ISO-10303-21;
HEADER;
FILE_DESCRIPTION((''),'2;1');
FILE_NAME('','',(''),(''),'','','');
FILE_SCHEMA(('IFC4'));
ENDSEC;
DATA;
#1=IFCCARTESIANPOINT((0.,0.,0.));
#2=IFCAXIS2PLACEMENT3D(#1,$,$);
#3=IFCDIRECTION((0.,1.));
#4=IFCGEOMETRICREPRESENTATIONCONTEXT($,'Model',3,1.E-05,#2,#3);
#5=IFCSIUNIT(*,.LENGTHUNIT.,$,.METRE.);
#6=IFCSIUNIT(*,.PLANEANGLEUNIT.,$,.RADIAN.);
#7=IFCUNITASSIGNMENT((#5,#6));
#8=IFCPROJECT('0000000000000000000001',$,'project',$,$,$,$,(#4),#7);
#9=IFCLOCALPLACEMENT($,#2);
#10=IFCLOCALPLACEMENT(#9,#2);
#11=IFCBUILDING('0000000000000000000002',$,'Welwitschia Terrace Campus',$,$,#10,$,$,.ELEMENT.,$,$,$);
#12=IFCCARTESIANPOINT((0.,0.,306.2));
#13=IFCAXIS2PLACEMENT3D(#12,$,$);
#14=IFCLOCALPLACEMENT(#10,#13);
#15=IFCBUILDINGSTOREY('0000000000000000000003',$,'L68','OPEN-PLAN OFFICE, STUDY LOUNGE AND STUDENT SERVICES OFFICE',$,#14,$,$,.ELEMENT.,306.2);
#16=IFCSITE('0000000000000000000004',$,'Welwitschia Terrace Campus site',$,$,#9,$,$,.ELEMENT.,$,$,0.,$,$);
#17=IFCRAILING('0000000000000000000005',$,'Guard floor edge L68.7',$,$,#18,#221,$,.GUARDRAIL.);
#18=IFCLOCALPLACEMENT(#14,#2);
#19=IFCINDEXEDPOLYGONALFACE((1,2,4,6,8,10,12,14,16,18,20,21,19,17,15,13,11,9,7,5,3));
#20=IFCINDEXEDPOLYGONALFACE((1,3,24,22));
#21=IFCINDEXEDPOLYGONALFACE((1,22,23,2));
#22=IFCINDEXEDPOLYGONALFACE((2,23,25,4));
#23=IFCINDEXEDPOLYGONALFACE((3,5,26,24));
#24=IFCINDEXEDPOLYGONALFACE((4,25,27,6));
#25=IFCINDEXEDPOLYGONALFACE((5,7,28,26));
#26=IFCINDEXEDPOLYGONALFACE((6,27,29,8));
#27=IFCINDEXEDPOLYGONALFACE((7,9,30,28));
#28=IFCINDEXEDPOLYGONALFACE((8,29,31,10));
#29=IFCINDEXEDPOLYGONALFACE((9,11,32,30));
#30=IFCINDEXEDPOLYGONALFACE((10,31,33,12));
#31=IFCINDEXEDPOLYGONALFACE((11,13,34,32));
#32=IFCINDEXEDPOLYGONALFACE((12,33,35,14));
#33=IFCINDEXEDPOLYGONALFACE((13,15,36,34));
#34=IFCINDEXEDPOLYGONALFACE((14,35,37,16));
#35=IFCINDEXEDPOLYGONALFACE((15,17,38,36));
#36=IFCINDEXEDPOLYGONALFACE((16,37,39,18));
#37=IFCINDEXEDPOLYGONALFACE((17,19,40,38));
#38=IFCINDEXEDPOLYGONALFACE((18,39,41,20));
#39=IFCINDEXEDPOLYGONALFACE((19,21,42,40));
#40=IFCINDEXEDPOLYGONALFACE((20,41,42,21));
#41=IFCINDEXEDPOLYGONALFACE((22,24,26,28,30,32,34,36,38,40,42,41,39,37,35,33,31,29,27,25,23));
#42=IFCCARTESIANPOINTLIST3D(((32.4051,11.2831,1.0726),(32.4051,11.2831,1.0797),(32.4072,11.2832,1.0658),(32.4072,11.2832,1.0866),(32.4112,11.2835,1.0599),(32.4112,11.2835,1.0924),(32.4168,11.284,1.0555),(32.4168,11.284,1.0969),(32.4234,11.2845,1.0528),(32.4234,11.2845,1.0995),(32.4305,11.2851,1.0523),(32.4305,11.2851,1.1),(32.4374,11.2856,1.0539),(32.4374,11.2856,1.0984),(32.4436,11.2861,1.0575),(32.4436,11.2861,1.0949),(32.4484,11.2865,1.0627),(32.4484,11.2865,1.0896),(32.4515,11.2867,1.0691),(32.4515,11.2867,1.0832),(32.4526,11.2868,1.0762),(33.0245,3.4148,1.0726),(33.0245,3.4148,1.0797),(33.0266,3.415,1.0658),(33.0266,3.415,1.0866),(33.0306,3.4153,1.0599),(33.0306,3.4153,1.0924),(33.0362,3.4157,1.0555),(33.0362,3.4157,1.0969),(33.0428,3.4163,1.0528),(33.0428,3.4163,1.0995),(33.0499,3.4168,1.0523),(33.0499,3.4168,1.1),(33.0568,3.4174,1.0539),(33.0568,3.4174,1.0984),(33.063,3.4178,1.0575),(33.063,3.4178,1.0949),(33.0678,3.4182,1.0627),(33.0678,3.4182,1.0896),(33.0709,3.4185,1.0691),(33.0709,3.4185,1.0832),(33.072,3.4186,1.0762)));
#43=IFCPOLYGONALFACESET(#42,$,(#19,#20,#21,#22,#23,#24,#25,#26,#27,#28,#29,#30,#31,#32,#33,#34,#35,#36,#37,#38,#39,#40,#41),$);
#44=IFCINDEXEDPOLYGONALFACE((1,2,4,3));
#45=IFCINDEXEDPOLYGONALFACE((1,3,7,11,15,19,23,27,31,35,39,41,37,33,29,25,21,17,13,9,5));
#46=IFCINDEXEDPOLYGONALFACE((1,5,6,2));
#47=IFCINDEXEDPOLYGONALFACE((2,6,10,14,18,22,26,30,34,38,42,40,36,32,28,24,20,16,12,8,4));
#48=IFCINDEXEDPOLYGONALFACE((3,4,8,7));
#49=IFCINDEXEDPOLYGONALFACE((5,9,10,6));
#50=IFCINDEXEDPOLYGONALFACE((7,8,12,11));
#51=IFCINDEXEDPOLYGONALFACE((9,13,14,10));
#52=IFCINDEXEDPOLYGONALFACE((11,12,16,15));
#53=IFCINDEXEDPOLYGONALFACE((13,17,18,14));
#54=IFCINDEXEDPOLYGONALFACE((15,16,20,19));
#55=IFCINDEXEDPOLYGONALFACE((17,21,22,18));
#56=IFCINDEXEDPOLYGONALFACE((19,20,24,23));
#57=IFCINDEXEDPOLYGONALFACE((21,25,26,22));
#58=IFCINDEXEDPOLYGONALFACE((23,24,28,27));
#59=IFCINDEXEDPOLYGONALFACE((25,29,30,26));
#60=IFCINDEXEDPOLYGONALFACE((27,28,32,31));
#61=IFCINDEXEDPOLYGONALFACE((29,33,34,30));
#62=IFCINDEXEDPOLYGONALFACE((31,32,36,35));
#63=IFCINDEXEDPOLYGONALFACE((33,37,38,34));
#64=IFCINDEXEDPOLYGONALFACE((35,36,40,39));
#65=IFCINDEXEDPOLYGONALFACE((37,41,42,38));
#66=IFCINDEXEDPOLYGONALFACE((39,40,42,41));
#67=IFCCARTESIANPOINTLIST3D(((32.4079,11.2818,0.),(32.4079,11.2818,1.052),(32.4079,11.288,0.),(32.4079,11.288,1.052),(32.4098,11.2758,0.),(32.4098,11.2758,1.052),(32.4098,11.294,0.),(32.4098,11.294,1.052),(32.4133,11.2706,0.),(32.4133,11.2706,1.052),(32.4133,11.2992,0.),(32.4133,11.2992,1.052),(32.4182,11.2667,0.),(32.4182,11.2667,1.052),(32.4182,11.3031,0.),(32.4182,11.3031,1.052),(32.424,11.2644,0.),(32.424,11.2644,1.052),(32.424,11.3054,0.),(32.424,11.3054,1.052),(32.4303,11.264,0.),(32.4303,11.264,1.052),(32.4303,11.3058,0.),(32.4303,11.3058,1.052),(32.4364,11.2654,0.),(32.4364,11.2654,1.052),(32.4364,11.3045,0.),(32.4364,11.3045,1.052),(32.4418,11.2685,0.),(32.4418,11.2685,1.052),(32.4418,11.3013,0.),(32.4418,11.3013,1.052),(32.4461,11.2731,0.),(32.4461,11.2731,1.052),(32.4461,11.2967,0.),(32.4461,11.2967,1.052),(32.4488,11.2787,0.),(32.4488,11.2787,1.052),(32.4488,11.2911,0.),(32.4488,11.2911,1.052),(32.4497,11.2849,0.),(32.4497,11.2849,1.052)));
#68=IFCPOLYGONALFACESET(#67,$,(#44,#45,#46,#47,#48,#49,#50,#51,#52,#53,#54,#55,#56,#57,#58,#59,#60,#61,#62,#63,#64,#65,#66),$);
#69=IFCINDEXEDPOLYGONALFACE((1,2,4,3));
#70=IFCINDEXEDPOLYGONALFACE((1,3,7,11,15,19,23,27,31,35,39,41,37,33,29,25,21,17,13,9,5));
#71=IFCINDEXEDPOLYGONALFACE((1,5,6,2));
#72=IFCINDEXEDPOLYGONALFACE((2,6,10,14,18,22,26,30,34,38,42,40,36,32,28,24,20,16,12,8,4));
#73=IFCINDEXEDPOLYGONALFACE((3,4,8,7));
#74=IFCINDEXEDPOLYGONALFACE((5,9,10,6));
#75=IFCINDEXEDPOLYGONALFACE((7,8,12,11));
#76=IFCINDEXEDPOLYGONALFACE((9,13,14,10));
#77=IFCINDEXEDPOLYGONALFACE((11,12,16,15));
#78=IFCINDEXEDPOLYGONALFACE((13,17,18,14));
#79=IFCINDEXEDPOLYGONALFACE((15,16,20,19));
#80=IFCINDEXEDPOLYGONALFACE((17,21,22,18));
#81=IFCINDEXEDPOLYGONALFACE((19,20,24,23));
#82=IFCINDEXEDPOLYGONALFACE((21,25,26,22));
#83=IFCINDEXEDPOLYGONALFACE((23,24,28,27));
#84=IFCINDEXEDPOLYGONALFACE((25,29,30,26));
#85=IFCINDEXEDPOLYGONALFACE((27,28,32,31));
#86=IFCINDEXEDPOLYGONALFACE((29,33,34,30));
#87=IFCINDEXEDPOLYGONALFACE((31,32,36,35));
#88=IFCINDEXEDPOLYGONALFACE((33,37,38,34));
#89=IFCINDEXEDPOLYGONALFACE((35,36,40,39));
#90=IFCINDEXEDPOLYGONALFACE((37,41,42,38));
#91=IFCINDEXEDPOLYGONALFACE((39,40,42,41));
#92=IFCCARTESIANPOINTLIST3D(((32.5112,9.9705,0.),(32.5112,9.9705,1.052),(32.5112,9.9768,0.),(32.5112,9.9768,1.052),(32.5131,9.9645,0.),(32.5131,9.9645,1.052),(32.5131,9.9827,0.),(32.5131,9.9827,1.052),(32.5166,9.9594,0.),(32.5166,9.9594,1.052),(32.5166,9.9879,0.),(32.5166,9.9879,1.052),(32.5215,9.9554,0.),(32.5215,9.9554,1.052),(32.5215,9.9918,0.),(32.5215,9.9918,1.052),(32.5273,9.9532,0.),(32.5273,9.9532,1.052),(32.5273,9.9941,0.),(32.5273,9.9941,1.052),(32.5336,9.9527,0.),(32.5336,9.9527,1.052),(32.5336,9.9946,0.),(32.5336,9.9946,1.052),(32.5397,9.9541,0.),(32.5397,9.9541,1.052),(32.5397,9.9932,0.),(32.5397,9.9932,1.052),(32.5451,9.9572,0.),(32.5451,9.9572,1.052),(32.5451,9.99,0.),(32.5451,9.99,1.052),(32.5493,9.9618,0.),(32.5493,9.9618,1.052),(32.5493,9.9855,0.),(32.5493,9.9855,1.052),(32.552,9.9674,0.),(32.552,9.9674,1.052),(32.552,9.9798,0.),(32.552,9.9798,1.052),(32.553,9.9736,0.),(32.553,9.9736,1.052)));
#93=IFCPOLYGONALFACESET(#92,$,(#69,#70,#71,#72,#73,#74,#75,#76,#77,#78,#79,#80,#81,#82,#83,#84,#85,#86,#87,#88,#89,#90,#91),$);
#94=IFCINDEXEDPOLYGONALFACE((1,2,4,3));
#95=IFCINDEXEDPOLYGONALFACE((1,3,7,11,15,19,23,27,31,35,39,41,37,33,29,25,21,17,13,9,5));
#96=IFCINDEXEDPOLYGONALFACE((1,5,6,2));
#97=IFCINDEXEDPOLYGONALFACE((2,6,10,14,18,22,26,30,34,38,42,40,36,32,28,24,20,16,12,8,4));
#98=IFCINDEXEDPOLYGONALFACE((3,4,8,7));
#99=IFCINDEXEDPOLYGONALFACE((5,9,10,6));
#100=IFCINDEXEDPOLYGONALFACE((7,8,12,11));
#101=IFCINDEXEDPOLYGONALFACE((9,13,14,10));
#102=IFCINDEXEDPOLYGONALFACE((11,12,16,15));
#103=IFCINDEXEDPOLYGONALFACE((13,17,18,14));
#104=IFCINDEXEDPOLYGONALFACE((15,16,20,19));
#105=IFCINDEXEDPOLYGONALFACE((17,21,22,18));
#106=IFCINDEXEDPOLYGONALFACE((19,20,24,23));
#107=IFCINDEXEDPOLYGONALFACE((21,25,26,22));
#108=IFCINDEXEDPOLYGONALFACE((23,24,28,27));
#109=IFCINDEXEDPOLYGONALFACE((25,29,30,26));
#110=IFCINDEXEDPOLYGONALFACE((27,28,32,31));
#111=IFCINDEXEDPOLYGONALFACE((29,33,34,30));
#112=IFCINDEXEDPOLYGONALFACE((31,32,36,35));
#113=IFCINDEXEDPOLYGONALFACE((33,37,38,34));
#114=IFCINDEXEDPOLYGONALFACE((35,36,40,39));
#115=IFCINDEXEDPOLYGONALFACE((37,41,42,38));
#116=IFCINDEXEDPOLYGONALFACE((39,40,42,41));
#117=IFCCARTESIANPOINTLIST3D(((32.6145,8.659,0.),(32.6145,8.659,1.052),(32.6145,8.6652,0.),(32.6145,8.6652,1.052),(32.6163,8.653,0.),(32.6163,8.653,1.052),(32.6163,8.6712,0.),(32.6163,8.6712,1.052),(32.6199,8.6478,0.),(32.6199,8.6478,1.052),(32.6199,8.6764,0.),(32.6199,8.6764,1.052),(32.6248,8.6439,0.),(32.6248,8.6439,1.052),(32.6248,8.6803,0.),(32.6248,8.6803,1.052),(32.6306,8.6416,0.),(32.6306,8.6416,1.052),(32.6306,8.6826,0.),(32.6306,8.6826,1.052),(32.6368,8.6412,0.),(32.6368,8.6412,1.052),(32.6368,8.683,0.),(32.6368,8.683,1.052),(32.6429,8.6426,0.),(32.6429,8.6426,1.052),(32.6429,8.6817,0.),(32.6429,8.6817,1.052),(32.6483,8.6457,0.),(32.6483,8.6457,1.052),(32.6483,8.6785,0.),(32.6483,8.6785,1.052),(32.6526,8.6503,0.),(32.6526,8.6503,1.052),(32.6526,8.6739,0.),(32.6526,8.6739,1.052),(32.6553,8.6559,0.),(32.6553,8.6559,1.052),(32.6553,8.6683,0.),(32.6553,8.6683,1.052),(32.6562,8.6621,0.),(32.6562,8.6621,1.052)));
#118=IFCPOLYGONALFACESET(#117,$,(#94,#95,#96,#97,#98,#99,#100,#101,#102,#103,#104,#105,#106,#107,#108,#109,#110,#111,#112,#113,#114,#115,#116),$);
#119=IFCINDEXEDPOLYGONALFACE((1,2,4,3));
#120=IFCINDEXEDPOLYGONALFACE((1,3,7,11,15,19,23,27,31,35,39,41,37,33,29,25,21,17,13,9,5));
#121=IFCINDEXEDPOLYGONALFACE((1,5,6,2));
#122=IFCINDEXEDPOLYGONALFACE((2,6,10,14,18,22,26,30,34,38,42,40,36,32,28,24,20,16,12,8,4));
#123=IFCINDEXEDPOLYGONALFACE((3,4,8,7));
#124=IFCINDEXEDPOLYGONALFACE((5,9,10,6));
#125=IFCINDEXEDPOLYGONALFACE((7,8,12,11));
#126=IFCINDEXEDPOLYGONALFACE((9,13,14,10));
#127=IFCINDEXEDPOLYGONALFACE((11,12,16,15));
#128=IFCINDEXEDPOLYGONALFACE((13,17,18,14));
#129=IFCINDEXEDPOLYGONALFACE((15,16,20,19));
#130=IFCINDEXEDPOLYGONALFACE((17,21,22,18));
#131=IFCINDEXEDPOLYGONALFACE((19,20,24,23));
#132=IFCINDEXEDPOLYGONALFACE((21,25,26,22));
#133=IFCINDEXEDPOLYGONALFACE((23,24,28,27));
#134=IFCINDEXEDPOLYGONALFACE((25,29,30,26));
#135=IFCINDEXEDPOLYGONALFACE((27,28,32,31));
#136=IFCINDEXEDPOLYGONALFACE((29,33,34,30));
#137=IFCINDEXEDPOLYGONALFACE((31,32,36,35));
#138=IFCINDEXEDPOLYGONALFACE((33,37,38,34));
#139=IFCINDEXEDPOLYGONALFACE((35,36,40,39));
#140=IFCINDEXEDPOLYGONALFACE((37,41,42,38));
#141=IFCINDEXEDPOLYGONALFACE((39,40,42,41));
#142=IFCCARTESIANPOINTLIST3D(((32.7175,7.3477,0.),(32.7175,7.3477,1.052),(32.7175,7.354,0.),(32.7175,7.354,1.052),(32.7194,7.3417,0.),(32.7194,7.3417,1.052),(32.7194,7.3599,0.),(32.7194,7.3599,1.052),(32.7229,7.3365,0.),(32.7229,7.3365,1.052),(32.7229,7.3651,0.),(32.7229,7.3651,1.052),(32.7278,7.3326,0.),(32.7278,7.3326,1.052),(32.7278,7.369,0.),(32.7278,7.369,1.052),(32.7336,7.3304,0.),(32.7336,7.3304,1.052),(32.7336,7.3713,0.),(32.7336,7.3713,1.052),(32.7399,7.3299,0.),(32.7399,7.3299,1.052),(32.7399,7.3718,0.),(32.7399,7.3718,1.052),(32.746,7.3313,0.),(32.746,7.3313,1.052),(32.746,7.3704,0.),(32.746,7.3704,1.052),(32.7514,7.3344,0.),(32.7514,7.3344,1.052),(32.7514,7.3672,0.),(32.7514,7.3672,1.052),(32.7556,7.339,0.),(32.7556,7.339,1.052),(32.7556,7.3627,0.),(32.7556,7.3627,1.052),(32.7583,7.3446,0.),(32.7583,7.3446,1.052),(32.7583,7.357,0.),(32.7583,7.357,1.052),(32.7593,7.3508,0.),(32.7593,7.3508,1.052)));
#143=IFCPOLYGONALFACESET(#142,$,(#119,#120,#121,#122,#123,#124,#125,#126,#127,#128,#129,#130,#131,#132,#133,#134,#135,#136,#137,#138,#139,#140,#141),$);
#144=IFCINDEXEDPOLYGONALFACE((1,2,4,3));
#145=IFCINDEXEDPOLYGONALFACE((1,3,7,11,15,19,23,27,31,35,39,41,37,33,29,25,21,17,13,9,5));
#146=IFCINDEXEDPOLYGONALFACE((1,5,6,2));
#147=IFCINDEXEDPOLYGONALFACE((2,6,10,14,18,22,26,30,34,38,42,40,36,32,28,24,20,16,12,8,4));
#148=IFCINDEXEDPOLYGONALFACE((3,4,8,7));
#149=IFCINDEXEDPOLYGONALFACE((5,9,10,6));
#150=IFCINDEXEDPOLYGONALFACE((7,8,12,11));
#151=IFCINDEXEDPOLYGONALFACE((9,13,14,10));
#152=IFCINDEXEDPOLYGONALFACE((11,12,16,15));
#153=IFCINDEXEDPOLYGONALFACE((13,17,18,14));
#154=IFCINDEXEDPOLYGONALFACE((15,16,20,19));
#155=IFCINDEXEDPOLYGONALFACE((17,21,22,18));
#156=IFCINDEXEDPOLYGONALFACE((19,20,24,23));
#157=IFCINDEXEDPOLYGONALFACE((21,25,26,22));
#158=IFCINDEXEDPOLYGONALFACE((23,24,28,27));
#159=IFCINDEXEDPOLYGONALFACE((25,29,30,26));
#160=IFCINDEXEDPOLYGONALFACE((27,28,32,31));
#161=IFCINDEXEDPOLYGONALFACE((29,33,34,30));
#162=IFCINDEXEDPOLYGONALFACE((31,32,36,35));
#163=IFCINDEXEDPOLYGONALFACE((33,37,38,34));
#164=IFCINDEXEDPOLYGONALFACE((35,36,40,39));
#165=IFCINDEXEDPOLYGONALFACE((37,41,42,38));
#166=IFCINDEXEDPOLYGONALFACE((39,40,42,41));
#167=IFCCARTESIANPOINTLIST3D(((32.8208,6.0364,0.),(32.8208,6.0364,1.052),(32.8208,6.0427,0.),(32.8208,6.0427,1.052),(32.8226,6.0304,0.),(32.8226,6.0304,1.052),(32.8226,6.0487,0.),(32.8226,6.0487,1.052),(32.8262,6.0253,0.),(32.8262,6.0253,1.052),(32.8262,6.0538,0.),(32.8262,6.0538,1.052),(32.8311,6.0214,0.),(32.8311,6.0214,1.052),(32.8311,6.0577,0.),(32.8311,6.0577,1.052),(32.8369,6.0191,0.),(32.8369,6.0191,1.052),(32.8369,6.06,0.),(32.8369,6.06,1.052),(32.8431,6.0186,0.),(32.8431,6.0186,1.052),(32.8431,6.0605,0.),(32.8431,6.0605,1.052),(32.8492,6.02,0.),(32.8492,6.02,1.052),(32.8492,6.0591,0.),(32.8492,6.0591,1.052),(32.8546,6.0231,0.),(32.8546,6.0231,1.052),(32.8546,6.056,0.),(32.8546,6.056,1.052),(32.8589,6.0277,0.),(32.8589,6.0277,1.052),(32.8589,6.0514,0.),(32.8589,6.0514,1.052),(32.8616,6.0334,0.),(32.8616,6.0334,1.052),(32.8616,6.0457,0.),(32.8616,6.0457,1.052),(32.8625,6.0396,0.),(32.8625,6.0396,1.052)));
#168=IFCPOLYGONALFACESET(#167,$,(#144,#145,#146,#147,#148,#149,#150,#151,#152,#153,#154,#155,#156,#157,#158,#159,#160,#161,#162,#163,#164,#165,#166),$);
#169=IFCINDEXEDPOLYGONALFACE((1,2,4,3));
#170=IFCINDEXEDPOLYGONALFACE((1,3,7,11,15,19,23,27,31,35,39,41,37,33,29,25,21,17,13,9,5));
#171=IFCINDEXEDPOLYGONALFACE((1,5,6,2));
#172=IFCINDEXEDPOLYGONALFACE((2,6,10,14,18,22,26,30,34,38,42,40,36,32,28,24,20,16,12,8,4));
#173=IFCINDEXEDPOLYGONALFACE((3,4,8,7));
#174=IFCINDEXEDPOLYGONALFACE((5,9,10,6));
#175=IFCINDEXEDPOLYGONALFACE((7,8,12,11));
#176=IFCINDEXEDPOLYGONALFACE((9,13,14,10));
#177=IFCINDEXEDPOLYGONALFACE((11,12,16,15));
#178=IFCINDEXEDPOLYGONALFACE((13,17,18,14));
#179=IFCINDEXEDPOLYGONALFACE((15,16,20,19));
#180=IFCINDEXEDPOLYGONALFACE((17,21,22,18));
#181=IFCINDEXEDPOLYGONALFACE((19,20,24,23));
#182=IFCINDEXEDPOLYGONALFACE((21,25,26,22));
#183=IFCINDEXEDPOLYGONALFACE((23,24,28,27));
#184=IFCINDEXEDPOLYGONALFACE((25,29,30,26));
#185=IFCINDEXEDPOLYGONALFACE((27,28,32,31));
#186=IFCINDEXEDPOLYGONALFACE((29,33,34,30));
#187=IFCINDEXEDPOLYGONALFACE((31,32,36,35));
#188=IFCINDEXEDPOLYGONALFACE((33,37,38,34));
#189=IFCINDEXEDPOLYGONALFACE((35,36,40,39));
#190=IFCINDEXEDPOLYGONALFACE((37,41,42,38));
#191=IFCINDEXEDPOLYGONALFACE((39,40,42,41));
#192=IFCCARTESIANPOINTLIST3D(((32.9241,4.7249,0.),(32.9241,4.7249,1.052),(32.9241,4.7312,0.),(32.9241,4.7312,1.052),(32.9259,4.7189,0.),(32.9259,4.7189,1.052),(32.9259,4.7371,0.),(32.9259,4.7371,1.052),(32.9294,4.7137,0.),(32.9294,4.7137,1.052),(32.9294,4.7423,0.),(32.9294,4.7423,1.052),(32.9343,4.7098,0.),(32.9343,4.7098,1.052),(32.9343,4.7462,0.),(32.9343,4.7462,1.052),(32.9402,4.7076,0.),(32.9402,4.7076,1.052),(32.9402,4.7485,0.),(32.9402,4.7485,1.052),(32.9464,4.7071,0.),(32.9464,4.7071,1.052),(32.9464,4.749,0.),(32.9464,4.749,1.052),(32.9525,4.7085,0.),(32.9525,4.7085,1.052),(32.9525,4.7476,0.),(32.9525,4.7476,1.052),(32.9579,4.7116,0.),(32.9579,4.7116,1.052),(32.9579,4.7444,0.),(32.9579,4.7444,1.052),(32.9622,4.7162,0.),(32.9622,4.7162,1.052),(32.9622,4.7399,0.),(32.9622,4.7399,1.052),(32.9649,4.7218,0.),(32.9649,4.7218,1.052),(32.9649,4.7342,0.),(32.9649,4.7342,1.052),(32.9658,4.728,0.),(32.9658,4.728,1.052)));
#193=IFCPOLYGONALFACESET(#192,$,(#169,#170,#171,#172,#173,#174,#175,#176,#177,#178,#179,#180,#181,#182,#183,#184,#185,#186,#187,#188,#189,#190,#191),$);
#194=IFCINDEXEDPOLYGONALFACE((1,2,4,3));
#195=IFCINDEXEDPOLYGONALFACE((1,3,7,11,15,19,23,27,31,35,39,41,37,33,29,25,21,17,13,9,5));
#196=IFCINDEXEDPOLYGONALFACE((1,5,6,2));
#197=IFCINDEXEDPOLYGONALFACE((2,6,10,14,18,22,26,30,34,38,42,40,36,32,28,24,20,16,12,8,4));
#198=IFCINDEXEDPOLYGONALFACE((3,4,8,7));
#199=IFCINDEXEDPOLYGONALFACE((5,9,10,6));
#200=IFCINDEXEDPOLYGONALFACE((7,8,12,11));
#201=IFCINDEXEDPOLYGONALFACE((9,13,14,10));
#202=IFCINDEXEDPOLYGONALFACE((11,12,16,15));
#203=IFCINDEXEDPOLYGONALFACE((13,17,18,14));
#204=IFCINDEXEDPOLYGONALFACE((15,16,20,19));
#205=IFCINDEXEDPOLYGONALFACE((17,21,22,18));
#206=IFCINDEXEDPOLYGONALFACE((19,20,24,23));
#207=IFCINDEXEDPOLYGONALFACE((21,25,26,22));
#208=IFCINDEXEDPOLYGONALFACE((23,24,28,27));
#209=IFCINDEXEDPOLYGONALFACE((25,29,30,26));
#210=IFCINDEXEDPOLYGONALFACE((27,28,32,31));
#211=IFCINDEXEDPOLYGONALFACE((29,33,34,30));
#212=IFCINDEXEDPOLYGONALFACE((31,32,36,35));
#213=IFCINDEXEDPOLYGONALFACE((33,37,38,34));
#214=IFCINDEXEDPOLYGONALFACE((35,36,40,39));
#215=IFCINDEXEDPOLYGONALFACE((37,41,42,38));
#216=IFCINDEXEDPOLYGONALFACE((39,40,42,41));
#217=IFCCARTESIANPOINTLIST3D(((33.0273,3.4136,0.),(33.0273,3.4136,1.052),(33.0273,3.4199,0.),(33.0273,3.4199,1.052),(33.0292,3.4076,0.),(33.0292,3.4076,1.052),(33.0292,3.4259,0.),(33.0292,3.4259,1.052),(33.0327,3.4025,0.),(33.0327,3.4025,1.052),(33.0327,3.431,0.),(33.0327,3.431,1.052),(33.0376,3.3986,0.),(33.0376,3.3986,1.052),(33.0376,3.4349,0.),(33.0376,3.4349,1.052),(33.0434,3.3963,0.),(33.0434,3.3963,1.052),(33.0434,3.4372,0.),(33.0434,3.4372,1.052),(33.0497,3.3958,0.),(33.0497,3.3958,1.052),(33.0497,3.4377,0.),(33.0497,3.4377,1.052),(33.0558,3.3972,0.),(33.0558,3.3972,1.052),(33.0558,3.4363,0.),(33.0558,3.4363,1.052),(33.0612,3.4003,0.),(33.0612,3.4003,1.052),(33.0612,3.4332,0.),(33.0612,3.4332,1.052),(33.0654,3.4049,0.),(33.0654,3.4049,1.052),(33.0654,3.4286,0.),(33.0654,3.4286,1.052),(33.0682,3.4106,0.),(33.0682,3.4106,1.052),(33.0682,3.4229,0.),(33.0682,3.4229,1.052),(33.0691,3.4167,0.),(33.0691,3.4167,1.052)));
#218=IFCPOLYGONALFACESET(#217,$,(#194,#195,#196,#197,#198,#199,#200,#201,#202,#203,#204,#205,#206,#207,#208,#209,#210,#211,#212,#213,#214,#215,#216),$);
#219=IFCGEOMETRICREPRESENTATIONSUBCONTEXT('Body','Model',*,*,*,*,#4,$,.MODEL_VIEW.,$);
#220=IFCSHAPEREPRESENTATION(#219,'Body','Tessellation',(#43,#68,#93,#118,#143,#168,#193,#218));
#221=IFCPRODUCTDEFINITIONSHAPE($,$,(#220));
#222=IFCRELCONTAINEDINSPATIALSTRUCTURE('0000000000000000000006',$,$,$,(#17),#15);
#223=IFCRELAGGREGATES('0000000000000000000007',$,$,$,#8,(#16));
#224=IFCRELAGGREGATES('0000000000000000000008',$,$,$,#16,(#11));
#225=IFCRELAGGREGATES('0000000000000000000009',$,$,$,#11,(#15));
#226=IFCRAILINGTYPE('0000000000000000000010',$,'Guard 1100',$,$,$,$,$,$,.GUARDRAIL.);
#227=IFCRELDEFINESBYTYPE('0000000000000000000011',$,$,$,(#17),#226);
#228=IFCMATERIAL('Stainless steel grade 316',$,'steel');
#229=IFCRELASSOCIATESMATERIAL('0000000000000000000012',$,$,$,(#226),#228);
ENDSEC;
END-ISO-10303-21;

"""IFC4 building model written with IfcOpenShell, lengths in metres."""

from ifc_helpers import new_model, si_unit, direction, frame, origin, origin_2d, place, context, subcontext, project, spatial, circle, extrude, material, type_object, element, save


model = new_model("IFC4")

# Units and contexts
model_context = context("Model", 3, precision=1e-05, world=origin(), true_north=direction((0.0, 1.0)))
body_context = subcontext(model_context, "Body", "Model", "MODEL_VIEW")
ifc_project = project(units=[si_unit("LENGTHUNIT", "METRE"), si_unit("PLANEANGLEUNIT", "RADIAN")], contexts=[model_context])

# Site, building, storey
site_placement = place(None, origin())
site = spatial("IfcSite", under=ifc_project, at=site_placement, Name="Welwitschia Terrace Campus site", CompositionType="ELEMENT", RefElevation=0.0)
building_placement = place(site_placement, origin())
building = spatial("IfcBuilding", under=site, at=building_placement, Name="Welwitschia Terrace Campus", CompositionType="ELEMENT")
storey_placement = place(building_placement, frame((0.0, 0.0, 306.2)))
storey = spatial("IfcBuildingStorey", under=building, at=storey_placement, Name="L68", Description="OPEN-PLAN OFFICE, STUDY LOUNGE AND STUDENT SERVICES OFFICE", CompositionType="ELEMENT", Elevation=306.2)

# Railing
ifc_material_1 = material(Name="Stainless steel grade 316", Category="steel")
railing_type = type_object("IfcRailingType", Name="Guard 1100", PredefinedType="GUARDRAIL", material=ifc_material_1)
railing_1_placement = place(storey_placement, frame((32.4287, 11.2849, 0.0)))
element("IfcRailing", 1, at=railing_1_placement, inside=storey, type_object=railing_type, Name="Guard floor edge L68.7", PredefinedType="GUARDRAIL", context=body_context, shape_type="SweptSolid", body=[
    extrude(circle(Radius=0.0239, at=origin_2d()), frame((0.0, 0.0, 1.0762), z_axis=(0.078478, -0.996916, 0.0), x_axis=(0.996916, 0.078478, 0.0)), (0.0, 0.0, 1.0), 7.8926),
    extrude(circle(Radius=0.021, at=origin_2d()), origin(), (0.0, 0.0, 1.0), 1.052),
    extrude(circle(Radius=0.021, at=origin_2d()), frame((0.1033, -1.3113, 0.0)), (0.0, 0.0, 1.0), 1.052),
    extrude(circle(Radius=0.021, at=origin_2d()), frame((0.2065, -2.6228, 0.0)), (0.0, 0.0, 1.0), 1.052),
    extrude(circle(Radius=0.021, at=origin_2d()), frame((0.3096, -3.9341, 0.0)), (0.0, 0.0, 1.0), 1.052),
    extrude(circle(Radius=0.021, at=origin_2d()), frame((0.4128, -5.2454, 0.0)), (0.0, 0.0, 1.0), 1.052),
    extrude(circle(Radius=0.021, at=origin_2d()), frame((0.5161, -6.5569, 0.0)), (0.0, 0.0, 1.0), 1.052),
    extrude(circle(Radius=0.021, at=origin_2d()), frame((0.6194, -7.8682, 0.0)), (0.0, 0.0, 1.0), 1.052),
])

save(model, "model.ifc")
